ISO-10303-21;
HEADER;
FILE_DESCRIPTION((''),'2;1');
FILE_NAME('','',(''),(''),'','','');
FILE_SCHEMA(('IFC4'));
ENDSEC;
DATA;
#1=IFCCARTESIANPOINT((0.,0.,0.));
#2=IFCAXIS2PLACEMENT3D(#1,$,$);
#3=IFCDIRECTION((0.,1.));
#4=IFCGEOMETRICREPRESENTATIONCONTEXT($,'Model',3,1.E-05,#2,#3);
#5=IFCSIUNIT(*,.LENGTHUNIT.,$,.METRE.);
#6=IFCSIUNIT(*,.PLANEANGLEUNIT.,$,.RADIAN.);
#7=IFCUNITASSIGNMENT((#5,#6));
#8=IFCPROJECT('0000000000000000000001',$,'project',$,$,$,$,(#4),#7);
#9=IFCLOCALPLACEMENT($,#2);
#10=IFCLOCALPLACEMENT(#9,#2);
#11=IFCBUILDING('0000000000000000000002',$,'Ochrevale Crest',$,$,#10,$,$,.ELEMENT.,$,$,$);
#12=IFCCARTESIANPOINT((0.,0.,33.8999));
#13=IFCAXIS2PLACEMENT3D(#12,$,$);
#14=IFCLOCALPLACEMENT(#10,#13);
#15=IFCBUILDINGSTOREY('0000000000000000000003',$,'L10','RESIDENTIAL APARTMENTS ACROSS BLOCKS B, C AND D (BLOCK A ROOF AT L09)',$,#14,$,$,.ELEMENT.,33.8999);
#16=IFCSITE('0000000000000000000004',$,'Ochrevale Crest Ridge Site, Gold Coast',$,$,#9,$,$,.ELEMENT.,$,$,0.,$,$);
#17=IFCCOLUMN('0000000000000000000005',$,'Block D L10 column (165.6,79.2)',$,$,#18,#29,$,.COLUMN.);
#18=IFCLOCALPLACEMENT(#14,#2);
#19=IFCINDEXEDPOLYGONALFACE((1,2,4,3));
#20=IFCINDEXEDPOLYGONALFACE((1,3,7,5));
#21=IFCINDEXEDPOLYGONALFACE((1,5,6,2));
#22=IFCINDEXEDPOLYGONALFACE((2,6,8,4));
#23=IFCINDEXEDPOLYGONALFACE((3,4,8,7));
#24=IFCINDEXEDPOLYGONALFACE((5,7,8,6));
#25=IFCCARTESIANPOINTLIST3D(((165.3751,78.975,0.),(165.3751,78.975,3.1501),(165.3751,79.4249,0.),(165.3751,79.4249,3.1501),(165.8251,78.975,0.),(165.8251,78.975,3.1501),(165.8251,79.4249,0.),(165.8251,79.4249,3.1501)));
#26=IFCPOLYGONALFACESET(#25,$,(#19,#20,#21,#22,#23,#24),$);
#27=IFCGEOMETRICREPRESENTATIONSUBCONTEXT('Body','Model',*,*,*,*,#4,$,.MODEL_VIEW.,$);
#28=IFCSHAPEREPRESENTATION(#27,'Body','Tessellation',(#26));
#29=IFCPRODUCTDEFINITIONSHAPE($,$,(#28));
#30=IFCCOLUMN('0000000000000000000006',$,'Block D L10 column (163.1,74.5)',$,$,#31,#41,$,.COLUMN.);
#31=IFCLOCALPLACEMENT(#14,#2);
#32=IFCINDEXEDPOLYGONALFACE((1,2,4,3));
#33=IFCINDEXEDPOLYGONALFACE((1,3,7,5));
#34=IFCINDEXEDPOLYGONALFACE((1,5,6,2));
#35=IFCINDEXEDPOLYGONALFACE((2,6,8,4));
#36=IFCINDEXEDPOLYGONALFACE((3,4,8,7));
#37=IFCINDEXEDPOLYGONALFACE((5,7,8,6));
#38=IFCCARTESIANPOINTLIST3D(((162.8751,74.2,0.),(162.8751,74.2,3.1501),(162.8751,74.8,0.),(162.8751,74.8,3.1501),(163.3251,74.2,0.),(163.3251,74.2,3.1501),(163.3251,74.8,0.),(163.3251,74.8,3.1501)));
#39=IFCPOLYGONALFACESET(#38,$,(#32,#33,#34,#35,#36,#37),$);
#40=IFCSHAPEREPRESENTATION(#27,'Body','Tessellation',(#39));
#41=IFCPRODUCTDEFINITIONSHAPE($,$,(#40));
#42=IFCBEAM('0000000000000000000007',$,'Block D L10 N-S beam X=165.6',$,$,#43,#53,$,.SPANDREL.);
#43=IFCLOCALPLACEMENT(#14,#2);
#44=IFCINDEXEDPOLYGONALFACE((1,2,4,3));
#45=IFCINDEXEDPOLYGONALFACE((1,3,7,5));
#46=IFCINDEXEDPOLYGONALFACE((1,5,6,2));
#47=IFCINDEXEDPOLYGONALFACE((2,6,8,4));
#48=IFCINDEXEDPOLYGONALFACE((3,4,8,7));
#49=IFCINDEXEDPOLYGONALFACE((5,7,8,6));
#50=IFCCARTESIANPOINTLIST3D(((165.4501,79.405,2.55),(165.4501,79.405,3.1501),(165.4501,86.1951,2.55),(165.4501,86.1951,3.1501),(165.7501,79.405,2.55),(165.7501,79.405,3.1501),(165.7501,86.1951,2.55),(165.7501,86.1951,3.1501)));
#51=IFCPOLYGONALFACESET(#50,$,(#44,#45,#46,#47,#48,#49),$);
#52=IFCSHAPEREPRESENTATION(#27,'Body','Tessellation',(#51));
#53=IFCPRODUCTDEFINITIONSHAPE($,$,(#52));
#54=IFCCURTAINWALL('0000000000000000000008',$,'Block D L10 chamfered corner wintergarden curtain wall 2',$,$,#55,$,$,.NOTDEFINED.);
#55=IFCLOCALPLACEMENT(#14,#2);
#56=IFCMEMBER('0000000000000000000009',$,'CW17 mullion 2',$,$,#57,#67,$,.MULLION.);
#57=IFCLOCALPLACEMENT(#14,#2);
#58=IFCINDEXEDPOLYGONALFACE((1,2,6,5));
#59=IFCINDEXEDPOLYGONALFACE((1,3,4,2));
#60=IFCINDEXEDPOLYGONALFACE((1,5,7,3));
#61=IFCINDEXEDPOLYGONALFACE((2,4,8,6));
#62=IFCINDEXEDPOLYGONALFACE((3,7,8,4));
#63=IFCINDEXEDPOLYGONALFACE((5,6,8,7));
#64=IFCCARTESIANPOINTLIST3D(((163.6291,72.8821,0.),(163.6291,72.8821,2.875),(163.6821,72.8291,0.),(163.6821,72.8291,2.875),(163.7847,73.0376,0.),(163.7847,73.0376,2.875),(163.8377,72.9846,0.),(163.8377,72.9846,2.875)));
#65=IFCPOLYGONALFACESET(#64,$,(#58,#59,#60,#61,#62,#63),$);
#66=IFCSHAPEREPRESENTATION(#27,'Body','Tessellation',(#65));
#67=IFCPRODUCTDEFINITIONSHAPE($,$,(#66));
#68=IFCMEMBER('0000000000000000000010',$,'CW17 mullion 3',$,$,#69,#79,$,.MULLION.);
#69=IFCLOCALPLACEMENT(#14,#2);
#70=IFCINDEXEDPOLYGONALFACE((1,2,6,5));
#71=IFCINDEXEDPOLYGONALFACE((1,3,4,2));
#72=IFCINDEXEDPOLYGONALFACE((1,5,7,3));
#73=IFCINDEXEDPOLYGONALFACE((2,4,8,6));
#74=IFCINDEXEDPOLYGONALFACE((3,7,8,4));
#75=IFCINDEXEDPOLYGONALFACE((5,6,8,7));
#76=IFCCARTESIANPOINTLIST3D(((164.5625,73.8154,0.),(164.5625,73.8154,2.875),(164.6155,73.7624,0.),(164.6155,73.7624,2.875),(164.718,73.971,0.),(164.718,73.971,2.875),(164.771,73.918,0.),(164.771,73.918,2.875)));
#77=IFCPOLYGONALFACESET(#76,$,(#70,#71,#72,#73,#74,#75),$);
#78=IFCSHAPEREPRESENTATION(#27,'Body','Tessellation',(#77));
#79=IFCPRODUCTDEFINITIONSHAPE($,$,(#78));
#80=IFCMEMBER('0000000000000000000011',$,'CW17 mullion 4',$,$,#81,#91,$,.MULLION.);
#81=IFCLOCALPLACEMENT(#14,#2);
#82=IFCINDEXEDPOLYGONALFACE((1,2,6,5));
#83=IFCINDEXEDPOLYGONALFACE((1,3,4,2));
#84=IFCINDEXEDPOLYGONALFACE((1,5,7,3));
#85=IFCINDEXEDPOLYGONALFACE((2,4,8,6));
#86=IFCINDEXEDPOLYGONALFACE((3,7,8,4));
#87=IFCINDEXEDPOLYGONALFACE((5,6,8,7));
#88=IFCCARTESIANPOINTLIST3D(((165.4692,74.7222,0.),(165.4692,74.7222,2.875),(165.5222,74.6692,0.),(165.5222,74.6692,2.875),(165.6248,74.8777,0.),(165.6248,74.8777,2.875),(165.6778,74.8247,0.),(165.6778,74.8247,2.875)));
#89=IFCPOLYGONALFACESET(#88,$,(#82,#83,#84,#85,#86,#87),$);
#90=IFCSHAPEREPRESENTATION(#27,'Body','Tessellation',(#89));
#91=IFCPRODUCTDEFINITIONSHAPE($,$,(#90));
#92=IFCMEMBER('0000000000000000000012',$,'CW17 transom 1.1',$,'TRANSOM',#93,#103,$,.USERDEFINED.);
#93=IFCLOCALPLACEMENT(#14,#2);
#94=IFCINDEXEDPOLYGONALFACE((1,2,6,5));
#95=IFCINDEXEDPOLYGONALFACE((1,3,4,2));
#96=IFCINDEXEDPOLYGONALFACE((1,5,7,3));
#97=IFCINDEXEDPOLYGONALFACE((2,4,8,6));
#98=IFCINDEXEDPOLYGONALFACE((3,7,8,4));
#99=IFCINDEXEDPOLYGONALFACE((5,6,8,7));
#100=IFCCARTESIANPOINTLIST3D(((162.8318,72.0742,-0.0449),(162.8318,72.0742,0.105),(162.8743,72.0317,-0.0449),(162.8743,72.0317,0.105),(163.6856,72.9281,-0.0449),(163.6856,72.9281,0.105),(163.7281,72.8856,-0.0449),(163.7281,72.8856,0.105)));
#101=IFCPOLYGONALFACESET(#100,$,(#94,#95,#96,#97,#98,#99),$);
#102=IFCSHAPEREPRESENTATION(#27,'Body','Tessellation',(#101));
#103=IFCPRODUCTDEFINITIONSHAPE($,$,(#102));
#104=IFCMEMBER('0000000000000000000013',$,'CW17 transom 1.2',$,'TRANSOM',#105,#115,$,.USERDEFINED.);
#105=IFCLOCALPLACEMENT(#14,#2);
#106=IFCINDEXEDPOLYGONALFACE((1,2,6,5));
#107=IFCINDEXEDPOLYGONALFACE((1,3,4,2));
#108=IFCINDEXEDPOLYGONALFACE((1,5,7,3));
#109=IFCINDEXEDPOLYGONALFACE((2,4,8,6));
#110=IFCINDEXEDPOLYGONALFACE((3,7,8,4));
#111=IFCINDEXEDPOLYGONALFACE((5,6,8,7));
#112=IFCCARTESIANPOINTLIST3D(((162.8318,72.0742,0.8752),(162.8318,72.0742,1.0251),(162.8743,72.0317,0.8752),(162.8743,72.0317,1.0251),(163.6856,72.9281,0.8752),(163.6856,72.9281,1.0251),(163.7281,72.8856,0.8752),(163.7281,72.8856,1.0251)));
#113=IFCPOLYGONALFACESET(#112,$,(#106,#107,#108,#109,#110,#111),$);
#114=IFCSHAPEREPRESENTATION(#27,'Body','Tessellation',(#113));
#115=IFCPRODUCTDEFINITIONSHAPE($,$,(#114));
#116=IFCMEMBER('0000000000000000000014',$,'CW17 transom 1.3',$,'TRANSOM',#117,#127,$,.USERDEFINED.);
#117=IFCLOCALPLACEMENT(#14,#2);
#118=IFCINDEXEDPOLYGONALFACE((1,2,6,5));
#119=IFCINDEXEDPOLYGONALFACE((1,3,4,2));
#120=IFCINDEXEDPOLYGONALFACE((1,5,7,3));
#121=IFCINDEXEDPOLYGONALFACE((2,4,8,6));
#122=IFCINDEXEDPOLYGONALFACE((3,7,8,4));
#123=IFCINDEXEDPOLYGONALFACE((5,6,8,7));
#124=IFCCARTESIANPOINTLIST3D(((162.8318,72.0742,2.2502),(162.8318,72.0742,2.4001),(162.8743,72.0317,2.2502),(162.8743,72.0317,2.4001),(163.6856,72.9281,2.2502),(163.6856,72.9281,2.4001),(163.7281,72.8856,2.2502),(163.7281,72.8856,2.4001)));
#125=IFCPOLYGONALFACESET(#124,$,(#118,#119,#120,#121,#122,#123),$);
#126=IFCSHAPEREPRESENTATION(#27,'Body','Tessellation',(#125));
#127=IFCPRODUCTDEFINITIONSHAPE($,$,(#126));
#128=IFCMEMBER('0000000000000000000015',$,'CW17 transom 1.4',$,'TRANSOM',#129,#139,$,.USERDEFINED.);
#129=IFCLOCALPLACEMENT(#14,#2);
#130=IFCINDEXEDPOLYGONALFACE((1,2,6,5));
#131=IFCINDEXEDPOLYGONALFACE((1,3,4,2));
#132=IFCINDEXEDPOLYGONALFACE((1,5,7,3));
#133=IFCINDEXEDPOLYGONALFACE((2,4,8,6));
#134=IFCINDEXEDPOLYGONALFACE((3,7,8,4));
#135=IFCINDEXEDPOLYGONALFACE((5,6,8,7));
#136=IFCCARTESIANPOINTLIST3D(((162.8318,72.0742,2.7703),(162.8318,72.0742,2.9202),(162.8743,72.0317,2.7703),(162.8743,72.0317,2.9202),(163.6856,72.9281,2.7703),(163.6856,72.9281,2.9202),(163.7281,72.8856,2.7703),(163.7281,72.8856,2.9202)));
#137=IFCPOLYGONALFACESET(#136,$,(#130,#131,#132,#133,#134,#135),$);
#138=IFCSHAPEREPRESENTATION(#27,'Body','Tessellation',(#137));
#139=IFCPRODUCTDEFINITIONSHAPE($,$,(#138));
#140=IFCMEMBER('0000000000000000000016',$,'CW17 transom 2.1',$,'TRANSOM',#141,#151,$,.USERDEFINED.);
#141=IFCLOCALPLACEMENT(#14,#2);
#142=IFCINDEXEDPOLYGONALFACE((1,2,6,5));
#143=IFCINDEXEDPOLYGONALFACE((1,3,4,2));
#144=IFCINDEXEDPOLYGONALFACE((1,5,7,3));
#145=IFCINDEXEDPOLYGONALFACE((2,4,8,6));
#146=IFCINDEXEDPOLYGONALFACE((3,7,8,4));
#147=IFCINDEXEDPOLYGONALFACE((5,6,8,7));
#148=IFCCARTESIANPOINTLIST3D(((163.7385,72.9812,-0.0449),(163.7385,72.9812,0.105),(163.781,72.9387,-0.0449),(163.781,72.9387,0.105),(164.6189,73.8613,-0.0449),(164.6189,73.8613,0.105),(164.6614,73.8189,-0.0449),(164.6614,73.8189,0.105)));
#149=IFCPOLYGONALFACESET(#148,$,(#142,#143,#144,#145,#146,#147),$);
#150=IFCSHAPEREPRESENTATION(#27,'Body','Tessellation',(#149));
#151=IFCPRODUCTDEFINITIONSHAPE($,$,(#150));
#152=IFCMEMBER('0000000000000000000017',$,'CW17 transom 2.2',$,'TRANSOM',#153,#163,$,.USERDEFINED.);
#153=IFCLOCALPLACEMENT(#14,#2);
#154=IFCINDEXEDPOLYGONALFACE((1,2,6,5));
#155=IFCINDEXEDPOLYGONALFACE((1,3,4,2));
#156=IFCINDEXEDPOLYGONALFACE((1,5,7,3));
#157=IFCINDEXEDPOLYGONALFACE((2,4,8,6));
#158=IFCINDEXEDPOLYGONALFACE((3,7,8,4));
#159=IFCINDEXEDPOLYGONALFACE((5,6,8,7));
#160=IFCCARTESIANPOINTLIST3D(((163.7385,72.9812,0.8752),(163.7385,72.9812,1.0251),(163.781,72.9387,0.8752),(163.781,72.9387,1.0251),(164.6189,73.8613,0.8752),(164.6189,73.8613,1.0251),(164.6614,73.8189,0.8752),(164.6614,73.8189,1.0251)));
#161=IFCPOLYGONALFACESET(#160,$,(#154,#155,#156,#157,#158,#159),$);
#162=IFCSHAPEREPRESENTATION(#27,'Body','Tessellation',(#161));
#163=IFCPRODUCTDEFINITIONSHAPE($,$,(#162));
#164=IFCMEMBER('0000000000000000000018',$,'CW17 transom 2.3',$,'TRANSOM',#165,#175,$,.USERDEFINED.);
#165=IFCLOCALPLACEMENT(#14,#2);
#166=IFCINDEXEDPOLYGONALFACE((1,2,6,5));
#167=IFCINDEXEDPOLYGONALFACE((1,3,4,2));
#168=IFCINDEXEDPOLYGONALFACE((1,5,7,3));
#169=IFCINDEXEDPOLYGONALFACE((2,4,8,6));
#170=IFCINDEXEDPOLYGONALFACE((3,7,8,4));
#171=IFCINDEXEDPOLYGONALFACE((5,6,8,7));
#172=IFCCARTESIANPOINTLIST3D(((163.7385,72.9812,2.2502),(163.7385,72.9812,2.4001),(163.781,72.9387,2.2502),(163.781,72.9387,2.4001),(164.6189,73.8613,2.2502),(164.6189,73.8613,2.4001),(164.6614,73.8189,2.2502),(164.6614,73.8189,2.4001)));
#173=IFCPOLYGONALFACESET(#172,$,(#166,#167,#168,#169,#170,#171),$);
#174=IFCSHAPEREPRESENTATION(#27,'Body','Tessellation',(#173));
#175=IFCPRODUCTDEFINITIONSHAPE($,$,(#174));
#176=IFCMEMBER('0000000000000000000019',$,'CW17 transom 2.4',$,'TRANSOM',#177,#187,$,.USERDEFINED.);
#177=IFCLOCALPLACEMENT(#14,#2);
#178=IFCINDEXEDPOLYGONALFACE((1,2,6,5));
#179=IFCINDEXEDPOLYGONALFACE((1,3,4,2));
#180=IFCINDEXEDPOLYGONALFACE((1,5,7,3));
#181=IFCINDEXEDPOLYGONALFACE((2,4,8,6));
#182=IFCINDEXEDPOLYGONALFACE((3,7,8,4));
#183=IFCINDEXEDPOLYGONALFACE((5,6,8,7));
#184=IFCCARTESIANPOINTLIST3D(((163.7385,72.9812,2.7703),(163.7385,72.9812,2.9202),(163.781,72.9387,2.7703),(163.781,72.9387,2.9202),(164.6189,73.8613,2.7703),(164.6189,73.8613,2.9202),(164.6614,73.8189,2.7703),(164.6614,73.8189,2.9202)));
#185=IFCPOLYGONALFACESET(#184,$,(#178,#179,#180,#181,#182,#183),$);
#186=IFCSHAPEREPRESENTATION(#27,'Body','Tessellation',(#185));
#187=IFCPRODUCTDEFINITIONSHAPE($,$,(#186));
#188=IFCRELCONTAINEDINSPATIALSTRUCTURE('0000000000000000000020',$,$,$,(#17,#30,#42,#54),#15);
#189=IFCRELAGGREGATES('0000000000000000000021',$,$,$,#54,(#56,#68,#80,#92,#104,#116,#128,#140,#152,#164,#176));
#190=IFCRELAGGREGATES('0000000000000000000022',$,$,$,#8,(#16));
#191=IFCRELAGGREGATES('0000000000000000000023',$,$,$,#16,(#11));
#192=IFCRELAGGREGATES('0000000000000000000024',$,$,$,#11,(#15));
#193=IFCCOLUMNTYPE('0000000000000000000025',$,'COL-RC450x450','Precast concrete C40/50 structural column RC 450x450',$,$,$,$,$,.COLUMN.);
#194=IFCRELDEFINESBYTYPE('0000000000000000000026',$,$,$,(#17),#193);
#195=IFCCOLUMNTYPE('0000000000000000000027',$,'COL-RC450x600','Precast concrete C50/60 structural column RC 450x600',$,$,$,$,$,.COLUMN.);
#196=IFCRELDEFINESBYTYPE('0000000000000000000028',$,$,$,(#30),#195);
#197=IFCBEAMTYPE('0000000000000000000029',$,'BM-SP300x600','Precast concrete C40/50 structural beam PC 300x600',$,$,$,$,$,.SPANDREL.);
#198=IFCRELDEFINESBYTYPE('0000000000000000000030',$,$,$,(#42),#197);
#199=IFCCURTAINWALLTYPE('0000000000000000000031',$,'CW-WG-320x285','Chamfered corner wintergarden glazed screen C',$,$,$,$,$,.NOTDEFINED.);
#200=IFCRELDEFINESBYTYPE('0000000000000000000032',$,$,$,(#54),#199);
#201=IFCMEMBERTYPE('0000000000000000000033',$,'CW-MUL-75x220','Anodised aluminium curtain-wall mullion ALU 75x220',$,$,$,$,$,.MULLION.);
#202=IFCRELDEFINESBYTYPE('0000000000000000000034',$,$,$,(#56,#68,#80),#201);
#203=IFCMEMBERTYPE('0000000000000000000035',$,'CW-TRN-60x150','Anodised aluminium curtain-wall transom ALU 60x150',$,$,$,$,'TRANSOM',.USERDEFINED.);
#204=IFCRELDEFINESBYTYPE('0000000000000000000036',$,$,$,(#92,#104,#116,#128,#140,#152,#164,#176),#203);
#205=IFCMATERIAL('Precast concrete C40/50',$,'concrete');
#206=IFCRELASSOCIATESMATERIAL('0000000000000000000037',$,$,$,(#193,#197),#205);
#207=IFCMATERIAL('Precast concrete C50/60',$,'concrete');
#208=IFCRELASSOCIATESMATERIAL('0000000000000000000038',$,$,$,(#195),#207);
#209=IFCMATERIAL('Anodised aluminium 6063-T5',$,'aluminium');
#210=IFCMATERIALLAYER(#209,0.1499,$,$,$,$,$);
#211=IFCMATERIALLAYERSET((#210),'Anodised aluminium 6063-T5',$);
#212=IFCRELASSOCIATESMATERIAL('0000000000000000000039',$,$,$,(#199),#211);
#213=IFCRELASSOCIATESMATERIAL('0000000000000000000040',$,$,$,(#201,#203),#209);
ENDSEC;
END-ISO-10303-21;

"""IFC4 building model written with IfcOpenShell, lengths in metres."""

from ifc_helpers import new_model, si_unit, direction, frame, origin, origin_2d, place, context, subcontext, project, spatial, rectangle, extrude, material, layer, layer_set, material_profile, profile_set, type_object, element, aggregate, save


model = new_model("IFC4")

# Units and contexts
model_context = context("Model", 3, precision=1e-05, world=origin(), true_north=direction((0.0, 1.0)))
body_context = subcontext(model_context, "Body", "Model", "MODEL_VIEW")
ifc_project = project(units=[si_unit("LENGTHUNIT", "METRE"), si_unit("PLANEANGLEUNIT", "RADIAN")], contexts=[model_context])

# Site, building, storey
site_placement = place(None, origin())
site = spatial("IfcSite", under=ifc_project, at=site_placement, Name="Ochrevale Crest Ridge Site, Gold Coast", CompositionType="ELEMENT", RefElevation=0.0)
building_placement = place(site_placement, origin())
building = spatial("IfcBuilding", under=site, at=building_placement, Name="Ochrevale Crest", CompositionType="ELEMENT")
storey_placement = place(building_placement, frame((0.0, 0.0, 33.8999)))
storey = spatial("IfcBuildingStorey", under=building, at=storey_placement, Name="L10", Description="RESIDENTIAL APARTMENTS ACROSS BLOCKS B, C AND D (BLOCK A ROOF AT L09)", CompositionType="ELEMENT", Elevation=33.8999)

# Columns
ifc_material_1 = material(Name="Precast concrete C40/50", Category="concrete")
ifc_material_profile_1 = material_profile(ifc_material_1, rectangle(XDim=0.45, YDim=0.45, at=origin_2d()), Name="RC 450x450")
ifc_profile_set_1 = profile_set([ifc_material_profile_1], Name="Precast concrete C40/50")
column_type_1 = type_object("IfcColumnType", Name="COL-RC450x450", Description="Precast concrete C40/50 structural column RC 450x450", PredefinedType="COLUMN", material=ifc_profile_set_1)
column_1_placement = place(storey_placement, frame((165.6001, 79.2, 0.0), z_axis=(0.0, 0.0, 1.0), x_axis=(1.0, 0.0, 0.0)))
element("IfcColumn", 1, at=column_1_placement, inside=storey, type_object=column_type_1, Name="Block D L10 column (165.6,79.2)", PredefinedType="COLUMN", context=body_context, shape_type="SweptSolid", body=[
    extrude(rectangle(XDim=0.45, YDim=0.45, at=origin_2d()), origin(), (0.0, 0.0, 1.0), 3.1501),
])
ifc_material_2 = material(Name="Precast concrete C50/60", Category="concrete")
ifc_material_profile_2 = material_profile(ifc_material_2, rectangle(XDim=0.45, YDim=0.6001, at=origin_2d()), Name="RC 450x600")
ifc_profile_set_2 = profile_set([ifc_material_profile_2], Name="Precast concrete C50/60")
column_type_2 = type_object("IfcColumnType", Name="COL-RC450x600", Description="Precast concrete C50/60 structural column RC 450x600", PredefinedType="COLUMN", material=ifc_profile_set_2)
column_2_placement = place(storey_placement, frame((163.1001, 74.5, 0.0), z_axis=(0.0, 0.0, 1.0), x_axis=(1.0, 0.0, 0.0)))
element("IfcColumn", 2, at=column_2_placement, inside=storey, type_object=column_type_2, Name="Block D L10 column (163.1,74.5)", PredefinedType="COLUMN", context=body_context, shape_type="SweptSolid", body=[
    extrude(rectangle(XDim=0.45, YDim=0.6001, at=origin_2d()), origin(), (0.0, 0.0, 1.0), 3.1501),
])

# Beam
ifc_material_profile_3 = material_profile(ifc_material_1, rectangle(XDim=0.3, YDim=0.6001, at=origin_2d()), Name="PC 300x600")
ifc_profile_set_3 = profile_set([ifc_material_profile_3], Name="Precast concrete C40/50")
beam_type = type_object("IfcBeamType", Name="BM-SP300x600", Description="Precast concrete C40/50 structural beam PC 300x600", PredefinedType="SPANDREL", material=ifc_profile_set_3)
beam_placement = place(storey_placement, frame((165.6001, 79.405, 2.8501), z_axis=(0.0, 1.0, 0.0), x_axis=(-1.0, 0.0, 0.0)))
element("IfcBeam", 3, at=beam_placement, inside=storey, type_object=beam_type, Name="Block D L10 N-S beam X=165.6", PredefinedType="SPANDREL", context=body_context, shape_type="SweptSolid", body=[
    extrude(rectangle(XDim=0.3, YDim=0.6001, at=origin_2d()), origin(), (0.0, 0.0, 1.0), 6.79),
])

# Curtain wall, members
ifc_material_3 = material(Name="Anodised aluminium 6063-T5", Category="aluminium")
ifc_layer_1 = layer(ifc_material_3, 0.1499)
ifc_layer_set_1 = layer_set([ifc_layer_1], Name="Anodised aluminium 6063-T5")
curtain_wall_type = type_object("IfcCurtainWallType", Name="CW-WG-320x285", Description="Chamfered corner wintergarden glazed screen C", PredefinedType="NOTDEFINED", material=ifc_layer_set_1)
curtain_wall_placement = place(storey_placement, origin())
curtain_wall = element("IfcCurtainWall", 4, at=curtain_wall_placement, inside=storey, type_object=curtain_wall_type, Name="Block D L10 chamfered corner wintergarden curtain wall 2", PredefinedType="NOTDEFINED")
ifc_material_profile_4 = material_profile(ifc_material_3, rectangle(XDim=0.075, YDim=0.22, at=origin_2d()), Name="ALU 75x220")
ifc_profile_set_4 = profile_set([ifc_material_profile_4], Name="Anodised aluminium 6063-T5")
member_type_1 = type_object("IfcMemberType", Name="CW-MUL-75x220", Description="Anodised aluminium curtain-wall mullion ALU 75x220", PredefinedType="MULLION", material=ifc_profile_set_4)
member_1_placement = place(storey_placement, frame((163.7334, 72.9333, 0.0), z_axis=(0.0, 0.0, 1.0), x_axis=(-0.707107, 0.707107, 0.0)))
member_1 = element("IfcMember", 5, at=member_1_placement, type_object=member_type_1, Name="CW17 mullion 2", PredefinedType="MULLION", context=body_context, shape_type="SweptSolid", body=[
    extrude(rectangle(XDim=0.075, YDim=0.22, at=origin_2d()), origin(), (0.0, 0.0, 1.0), 2.875),
])
member_2_placement = place(storey_placement, frame((164.6667, 73.8667, 0.0), z_axis=(0.0, 0.0, 1.0), x_axis=(-0.707107, 0.707107, 0.0)))
member_2 = element("IfcMember", 6, at=member_2_placement, type_object=member_type_1, Name="CW17 mullion 3", PredefinedType="MULLION", context=body_context, shape_type="SweptSolid", body=[
    extrude(rectangle(XDim=0.075, YDim=0.22, at=origin_2d()), origin(), (0.0, 0.0, 1.0), 2.875),
])
member_3_placement = place(storey_placement, frame((165.5735, 74.7734, 0.0), z_axis=(0.0, 0.0, 1.0), x_axis=(-0.707107, 0.707107, 0.0)))
member_3 = element("IfcMember", 7, at=member_3_placement, type_object=member_type_1, Name="CW17 mullion 4", PredefinedType="MULLION", context=body_context, shape_type="SweptSolid", body=[
    extrude(rectangle(XDim=0.075, YDim=0.22, at=origin_2d()), origin(), (0.0, 0.0, 1.0), 2.875),
])
ifc_material_profile_5 = material_profile(ifc_material_3, rectangle(XDim=0.0601, YDim=0.1499, at=origin_2d()), Name="ALU 60x150")
ifc_profile_set_5 = profile_set([ifc_material_profile_5], Name="Anodised aluminium 6063-T5")
member_type_2 = type_object("IfcMemberType", Name="CW-TRN-60x150", Description="Anodised aluminium curtain-wall transom ALU 60x150", ElementType="TRANSOM", PredefinedType="USERDEFINED", material=ifc_profile_set_5)
member_4_placement = place(storey_placement, frame((162.853, 72.053, 0.03), z_axis=(0.707107, 0.707107, 0.0), x_axis=(-0.707107, 0.707107, 0.0)))
member_4 = element("IfcMember", 8, at=member_4_placement, type_object=member_type_2, Name="CW17 transom 1.1", ObjectType="TRANSOM", PredefinedType="USERDEFINED", context=body_context, shape_type="SweptSolid", body=[
    extrude(rectangle(XDim=0.0601, YDim=0.1499, at=origin_2d()), origin(), (0.0, 0.0, 1.0), 1.2075),
])
member_5_placement = place(storey_placement, frame((162.853, 72.053, 0.9502), z_axis=(0.707107, 0.707107, 0.0), x_axis=(-0.707107, 0.707107, 0.0)))
member_5 = element("IfcMember", 9, at=member_5_placement, type_object=member_type_2, Name="CW17 transom 1.2", ObjectType="TRANSOM", PredefinedType="USERDEFINED", context=body_context, shape_type="SweptSolid", body=[
    extrude(rectangle(XDim=0.0601, YDim=0.1499, at=origin_2d()), origin(), (0.0, 0.0, 1.0), 1.2075),
])
member_6_placement = place(storey_placement, frame((162.853, 72.053, 2.3252), z_axis=(0.707107, 0.707107, 0.0), x_axis=(-0.707107, 0.707107, 0.0)))
member_6 = element("IfcMember", 10, at=member_6_placement, type_object=member_type_2, Name="CW17 transom 1.3", ObjectType="TRANSOM", PredefinedType="USERDEFINED", context=body_context, shape_type="SweptSolid", body=[
    extrude(rectangle(XDim=0.0601, YDim=0.1499, at=origin_2d()), origin(), (0.0, 0.0, 1.0), 1.2075),
])
member_7_placement = place(storey_placement, frame((162.853, 72.053, 2.8452), z_axis=(0.707107, 0.707107, 0.0), x_axis=(-0.707107, 0.707107, 0.0)))
member_7 = element("IfcMember", 11, at=member_7_placement, type_object=member_type_2, Name="CW17 transom 1.4", ObjectType="TRANSOM", PredefinedType="USERDEFINED", context=body_context, shape_type="SweptSolid", body=[
    extrude(rectangle(XDim=0.0601, YDim=0.1499, at=origin_2d()), origin(), (0.0, 0.0, 1.0), 1.2075),
])
member_8_placement = place(storey_placement, frame((163.7598, 72.96, 0.03), z_axis=(0.707205, 0.707009, 0.0), x_axis=(-0.707009, 0.707205, 0.0)))
member_8 = element("IfcMember", 12, at=member_8_placement, type_object=member_type_2, Name="CW17 transom 2.1", ObjectType="TRANSOM", PredefinedType="USERDEFINED", context=body_context, shape_type="SweptSolid", body=[
    extrude(rectangle(XDim=0.0601, YDim=0.1499, at=origin_2d()), origin(), (0.0, 0.0, 1.0), 1.2449),
])
member_9_placement = place(storey_placement, frame((163.7598, 72.96, 0.9502), z_axis=(0.707205, 0.707009, 0.0), x_axis=(-0.707009, 0.707205, 0.0)))
member_9 = element("IfcMember", 13, at=member_9_placement, type_object=member_type_2, Name="CW17 transom 2.2", ObjectType="TRANSOM", PredefinedType="USERDEFINED", context=body_context, shape_type="SweptSolid", body=[
    extrude(rectangle(XDim=0.0601, YDim=0.1499, at=origin_2d()), origin(), (0.0, 0.0, 1.0), 1.2449),
])
member_10_placement = place(storey_placement, frame((163.7598, 72.96, 2.3252), z_axis=(0.707205, 0.707009, 0.0), x_axis=(-0.707009, 0.707205, 0.0)))
member_10 = element("IfcMember", 14, at=member_10_placement, type_object=member_type_2, Name="CW17 transom 2.3", ObjectType="TRANSOM", PredefinedType="USERDEFINED", context=body_context, shape_type="SweptSolid", body=[
    extrude(rectangle(XDim=0.0601, YDim=0.1499, at=origin_2d()), origin(), (0.0, 0.0, 1.0), 1.2449),
])
member_11_placement = place(storey_placement, frame((163.7598, 72.96, 2.8452), z_axis=(0.707205, 0.707009, 0.0), x_axis=(-0.707009, 0.707205, 0.0)))
member_11 = element("IfcMember", 15, at=member_11_placement, type_object=member_type_2, Name="CW17 transom 2.4", ObjectType="TRANSOM", PredefinedType="USERDEFINED", context=body_context, shape_type="SweptSolid", body=[
    extrude(rectangle(XDim=0.0601, YDim=0.1499, at=origin_2d()), origin(), (0.0, 0.0, 1.0), 1.2449),
])
aggregate(curtain_wall, [member_1, member_2, member_3, member_4, member_5, member_6, member_7, member_8, member_9, member_10, member_11])

save(model, "model.ifc")
